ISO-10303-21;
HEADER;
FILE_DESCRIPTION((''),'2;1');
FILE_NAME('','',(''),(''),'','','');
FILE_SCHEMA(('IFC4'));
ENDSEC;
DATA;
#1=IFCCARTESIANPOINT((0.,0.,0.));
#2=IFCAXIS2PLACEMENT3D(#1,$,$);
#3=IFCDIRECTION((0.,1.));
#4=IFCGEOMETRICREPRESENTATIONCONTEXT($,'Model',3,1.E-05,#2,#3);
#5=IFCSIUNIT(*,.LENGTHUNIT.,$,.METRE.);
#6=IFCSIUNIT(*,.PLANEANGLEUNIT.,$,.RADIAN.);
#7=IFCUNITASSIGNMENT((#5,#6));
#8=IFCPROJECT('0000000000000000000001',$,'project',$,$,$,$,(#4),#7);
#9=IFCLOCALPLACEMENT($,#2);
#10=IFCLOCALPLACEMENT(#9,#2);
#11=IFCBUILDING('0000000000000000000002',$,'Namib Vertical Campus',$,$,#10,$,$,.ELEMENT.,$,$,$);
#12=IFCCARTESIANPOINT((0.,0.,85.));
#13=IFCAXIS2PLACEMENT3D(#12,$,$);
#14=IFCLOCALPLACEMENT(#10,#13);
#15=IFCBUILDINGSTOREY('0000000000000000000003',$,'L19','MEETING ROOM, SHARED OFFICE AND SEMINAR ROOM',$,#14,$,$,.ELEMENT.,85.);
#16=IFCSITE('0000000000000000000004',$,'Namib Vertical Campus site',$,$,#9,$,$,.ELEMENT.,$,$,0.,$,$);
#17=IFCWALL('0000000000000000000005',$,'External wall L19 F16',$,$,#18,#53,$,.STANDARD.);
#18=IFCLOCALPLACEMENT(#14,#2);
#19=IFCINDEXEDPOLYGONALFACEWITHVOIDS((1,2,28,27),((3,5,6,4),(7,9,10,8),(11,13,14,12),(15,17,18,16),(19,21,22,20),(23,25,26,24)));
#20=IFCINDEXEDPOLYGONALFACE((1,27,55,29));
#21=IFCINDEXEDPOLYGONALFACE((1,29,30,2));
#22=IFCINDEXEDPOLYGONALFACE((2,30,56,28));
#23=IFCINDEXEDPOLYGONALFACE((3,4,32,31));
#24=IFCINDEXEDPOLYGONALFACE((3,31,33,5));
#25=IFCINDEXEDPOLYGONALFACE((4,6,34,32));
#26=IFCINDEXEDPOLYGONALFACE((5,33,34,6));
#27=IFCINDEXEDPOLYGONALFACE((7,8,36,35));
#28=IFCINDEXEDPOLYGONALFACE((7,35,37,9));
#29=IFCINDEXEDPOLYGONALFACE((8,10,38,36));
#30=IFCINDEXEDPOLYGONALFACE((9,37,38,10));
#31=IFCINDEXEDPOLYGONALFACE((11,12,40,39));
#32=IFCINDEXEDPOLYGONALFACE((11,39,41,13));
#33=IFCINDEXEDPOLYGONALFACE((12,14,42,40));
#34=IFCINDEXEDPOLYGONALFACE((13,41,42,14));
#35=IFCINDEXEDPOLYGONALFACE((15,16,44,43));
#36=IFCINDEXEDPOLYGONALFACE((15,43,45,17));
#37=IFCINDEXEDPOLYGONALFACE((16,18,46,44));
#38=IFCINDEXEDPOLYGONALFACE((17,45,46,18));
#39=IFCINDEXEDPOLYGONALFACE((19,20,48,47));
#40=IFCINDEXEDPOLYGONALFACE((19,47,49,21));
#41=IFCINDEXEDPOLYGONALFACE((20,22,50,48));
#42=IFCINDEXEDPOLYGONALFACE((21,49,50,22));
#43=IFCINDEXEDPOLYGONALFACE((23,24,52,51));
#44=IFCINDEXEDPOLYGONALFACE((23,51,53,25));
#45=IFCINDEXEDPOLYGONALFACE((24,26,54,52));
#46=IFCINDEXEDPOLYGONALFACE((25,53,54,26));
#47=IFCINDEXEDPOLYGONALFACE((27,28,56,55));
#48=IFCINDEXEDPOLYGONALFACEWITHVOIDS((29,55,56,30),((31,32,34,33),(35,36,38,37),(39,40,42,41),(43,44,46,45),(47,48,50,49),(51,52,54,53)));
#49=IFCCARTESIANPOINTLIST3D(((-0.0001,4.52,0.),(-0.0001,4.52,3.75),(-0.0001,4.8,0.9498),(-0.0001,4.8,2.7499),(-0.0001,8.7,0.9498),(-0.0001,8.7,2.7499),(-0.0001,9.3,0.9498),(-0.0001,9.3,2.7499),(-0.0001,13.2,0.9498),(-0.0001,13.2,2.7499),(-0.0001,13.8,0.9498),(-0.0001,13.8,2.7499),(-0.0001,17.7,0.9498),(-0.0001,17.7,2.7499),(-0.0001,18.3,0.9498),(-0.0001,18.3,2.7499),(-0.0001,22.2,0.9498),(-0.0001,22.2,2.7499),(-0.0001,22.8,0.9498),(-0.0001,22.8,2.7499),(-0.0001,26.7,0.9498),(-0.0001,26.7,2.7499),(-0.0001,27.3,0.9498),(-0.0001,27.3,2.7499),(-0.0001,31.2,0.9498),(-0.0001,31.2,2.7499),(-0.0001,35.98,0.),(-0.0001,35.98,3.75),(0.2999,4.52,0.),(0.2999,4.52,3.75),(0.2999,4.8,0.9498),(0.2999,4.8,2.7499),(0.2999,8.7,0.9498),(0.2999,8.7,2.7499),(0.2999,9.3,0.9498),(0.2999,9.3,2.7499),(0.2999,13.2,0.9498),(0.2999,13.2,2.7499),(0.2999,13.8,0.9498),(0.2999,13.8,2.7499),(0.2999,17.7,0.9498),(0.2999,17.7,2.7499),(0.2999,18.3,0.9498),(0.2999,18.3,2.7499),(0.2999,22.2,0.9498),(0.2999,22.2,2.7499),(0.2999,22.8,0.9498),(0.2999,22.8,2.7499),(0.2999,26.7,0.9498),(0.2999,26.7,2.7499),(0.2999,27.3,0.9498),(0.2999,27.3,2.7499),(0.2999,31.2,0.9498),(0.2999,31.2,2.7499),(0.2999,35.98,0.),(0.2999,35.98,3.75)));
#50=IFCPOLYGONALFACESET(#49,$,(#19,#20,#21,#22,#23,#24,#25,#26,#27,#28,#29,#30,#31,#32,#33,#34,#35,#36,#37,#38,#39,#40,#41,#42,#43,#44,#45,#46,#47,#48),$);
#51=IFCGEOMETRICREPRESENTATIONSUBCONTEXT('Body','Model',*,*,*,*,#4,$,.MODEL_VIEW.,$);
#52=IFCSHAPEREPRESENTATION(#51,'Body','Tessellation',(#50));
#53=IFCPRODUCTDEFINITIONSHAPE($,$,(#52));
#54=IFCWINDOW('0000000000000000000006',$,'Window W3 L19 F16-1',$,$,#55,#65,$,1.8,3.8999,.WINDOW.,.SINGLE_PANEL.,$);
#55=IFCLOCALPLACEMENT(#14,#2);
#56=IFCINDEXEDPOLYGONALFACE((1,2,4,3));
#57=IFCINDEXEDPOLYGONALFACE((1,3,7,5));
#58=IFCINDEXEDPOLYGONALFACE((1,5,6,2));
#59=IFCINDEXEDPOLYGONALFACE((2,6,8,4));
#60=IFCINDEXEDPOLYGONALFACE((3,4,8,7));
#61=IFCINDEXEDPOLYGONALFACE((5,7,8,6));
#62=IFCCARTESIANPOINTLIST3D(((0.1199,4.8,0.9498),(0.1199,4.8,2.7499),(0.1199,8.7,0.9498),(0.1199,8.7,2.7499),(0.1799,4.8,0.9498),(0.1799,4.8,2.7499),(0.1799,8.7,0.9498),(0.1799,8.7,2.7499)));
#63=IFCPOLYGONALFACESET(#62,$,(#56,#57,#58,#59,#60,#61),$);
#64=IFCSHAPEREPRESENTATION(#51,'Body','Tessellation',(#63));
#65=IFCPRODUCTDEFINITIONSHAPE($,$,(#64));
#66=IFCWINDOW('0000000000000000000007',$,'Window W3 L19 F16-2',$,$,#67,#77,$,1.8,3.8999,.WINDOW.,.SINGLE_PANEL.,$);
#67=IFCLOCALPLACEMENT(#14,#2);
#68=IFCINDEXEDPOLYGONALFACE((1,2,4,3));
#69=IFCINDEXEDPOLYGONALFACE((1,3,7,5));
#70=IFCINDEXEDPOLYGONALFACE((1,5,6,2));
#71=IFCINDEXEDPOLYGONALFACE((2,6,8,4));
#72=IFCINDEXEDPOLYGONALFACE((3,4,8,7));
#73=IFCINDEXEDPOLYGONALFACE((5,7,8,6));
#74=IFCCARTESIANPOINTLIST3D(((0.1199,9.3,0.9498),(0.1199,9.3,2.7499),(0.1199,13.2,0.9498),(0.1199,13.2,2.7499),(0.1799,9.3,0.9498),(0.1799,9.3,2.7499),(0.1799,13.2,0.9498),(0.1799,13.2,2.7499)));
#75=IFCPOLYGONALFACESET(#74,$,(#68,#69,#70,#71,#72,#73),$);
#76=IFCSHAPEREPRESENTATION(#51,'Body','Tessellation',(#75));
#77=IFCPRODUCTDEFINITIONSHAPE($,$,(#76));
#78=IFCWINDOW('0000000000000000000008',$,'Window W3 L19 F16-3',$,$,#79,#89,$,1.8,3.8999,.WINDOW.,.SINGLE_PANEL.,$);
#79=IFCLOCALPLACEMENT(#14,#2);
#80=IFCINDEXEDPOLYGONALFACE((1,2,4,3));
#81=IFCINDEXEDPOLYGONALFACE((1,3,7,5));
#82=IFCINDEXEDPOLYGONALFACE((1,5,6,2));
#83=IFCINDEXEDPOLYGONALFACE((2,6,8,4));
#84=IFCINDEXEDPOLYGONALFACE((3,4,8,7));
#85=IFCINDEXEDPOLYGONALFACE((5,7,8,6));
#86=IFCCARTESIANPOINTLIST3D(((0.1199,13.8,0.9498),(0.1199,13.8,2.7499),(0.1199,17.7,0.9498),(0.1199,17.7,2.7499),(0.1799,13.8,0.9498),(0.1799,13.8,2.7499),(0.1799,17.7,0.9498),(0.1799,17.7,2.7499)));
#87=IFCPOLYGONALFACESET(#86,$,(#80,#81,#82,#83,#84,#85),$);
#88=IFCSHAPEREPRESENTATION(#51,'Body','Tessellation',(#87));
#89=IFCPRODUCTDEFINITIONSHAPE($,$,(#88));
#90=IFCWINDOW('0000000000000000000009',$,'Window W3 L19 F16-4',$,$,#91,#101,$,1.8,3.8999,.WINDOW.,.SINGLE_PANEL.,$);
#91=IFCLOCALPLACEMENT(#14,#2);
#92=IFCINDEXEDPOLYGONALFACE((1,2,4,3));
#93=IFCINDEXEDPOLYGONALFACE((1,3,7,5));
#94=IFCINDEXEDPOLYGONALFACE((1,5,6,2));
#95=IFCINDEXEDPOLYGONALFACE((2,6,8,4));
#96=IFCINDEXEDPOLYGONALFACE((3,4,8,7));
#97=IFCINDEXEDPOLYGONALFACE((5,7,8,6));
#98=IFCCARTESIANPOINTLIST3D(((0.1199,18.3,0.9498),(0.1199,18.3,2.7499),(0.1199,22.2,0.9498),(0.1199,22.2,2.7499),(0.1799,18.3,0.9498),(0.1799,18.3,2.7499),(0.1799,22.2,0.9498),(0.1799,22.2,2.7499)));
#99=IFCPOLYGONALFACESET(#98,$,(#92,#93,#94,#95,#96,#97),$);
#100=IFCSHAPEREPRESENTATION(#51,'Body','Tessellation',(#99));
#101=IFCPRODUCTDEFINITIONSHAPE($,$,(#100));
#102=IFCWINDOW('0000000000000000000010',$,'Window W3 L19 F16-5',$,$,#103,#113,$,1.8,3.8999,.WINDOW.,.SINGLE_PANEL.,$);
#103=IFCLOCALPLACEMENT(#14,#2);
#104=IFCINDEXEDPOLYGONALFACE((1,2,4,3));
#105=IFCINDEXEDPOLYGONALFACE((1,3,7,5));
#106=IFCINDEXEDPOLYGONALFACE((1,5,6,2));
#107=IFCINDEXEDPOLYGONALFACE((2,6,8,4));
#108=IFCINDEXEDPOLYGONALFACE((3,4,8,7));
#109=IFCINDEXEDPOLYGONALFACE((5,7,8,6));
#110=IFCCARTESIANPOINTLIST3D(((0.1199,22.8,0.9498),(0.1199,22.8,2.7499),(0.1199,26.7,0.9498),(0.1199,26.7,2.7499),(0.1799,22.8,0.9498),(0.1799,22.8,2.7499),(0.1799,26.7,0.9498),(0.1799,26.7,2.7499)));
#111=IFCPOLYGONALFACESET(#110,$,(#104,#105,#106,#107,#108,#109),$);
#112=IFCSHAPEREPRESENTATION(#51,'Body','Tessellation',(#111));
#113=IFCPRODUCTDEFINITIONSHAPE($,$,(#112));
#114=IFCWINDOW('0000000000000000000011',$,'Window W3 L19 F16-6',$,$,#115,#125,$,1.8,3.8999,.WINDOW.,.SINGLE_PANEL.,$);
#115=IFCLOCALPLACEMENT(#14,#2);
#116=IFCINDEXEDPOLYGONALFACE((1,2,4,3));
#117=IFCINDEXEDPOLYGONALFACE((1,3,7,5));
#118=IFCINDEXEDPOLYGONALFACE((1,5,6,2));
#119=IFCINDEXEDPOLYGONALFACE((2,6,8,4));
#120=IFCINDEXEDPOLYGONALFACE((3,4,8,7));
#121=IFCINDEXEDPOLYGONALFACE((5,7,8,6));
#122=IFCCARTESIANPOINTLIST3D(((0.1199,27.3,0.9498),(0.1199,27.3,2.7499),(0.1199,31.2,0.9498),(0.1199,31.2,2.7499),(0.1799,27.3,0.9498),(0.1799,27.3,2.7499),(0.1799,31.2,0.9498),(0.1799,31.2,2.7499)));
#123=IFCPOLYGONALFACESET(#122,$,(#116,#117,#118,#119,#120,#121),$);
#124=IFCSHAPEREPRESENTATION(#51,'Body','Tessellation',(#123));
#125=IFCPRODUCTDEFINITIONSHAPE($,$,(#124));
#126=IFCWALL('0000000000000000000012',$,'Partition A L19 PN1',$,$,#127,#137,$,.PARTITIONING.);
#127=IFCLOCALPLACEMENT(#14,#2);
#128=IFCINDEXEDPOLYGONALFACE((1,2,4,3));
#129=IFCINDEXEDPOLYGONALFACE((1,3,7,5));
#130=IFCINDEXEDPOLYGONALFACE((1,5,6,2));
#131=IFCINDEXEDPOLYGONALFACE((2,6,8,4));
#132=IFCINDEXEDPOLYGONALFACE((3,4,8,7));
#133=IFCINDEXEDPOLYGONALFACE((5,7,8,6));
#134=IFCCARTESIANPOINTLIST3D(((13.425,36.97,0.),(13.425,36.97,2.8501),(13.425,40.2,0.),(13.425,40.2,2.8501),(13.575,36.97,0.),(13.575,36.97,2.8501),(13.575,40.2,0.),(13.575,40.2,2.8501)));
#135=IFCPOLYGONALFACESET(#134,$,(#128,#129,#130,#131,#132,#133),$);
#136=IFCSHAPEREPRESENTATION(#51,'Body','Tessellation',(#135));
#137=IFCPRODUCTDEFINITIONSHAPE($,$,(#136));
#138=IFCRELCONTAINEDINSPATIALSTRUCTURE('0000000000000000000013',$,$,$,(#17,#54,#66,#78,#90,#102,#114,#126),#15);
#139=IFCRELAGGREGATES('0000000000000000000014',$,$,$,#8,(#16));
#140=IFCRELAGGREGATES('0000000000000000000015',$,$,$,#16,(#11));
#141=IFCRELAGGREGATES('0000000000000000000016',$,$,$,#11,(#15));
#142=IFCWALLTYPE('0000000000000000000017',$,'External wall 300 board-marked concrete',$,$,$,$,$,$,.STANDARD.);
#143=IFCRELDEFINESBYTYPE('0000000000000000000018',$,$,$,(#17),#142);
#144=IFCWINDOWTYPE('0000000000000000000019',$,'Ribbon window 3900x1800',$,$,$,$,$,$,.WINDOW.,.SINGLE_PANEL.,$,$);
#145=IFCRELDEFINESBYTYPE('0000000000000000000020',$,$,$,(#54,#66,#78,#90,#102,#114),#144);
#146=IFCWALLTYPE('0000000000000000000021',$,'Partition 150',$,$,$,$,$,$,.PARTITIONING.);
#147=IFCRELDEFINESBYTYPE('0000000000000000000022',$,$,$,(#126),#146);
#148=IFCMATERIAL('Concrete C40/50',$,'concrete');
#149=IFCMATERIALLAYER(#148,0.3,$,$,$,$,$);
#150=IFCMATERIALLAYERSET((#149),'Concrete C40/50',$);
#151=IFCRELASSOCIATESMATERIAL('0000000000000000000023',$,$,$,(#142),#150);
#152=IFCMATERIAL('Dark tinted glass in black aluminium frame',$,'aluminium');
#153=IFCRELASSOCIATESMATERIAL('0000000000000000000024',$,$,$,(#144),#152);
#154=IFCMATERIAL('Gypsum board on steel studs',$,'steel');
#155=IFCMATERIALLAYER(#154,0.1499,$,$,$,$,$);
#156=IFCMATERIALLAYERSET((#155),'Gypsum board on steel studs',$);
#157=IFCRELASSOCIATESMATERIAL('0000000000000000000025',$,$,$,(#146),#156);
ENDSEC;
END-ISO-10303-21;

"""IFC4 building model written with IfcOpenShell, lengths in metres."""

from ifc_helpers import new_model, si_unit, direction, frame, frame_2d, origin, place, context, subcontext, project, spatial, rectangle, extrude, material, layer, layer_set, type_object, element, fill, save


model = new_model("IFC4")

# Units and contexts
model_context = context("Model", 3, precision=1e-05, world=origin(), true_north=direction((0.0, 1.0)))
body_context = subcontext(model_context, "Body", "Model", "MODEL_VIEW")
ifc_project = project(units=[si_unit("LENGTHUNIT", "METRE"), si_unit("PLANEANGLEUNIT", "RADIAN")], contexts=[model_context])

# Site, building, storey
site_placement = place(None, origin())
site = spatial("IfcSite", under=ifc_project, at=site_placement, Name="Namib Vertical Campus site", CompositionType="ELEMENT", RefElevation=0.0)
building_placement = place(site_placement, origin())
building = spatial("IfcBuilding", under=site, at=building_placement, Name="Namib Vertical Campus", CompositionType="ELEMENT")
storey_placement = place(building_placement, frame((0.0, 0.0, 85.0)))
storey = spatial("IfcBuildingStorey", under=building, at=storey_placement, Name="L19", Description="MEETING ROOM, SHARED OFFICE AND SEMINAR ROOM", CompositionType="ELEMENT", Elevation=85.0)

# Shared definitions
ifc_material_1 = material(Name="Concrete C40/50", Category="concrete")
ifc_layer_1 = layer(ifc_material_1, 0.3)
ifc_layer_set_1 = layer_set([ifc_layer_1], Name="Concrete C40/50")
wall_type_1 = type_object("IfcWallType", Name="External wall 300 board-marked concrete", PredefinedType="STANDARD", material=ifc_layer_set_1)

# Wall, openings, windows
wall_1_placement = place(storey_placement, frame((0.1499, 35.98, 0.0), z_axis=(0.0, 0.0, 1.0), x_axis=(0.0, -1.0, 0.0)))
wall_1 = element("IfcWall", 1, at=wall_1_placement, inside=storey, type_object=wall_type_1, Name="External wall L19 F16", PredefinedType="STANDARD", context=body_context, shape_type="SweptSolid", body=[
    extrude(rectangle(XDim=31.46, YDim=0.3, at=frame_2d((15.73, 0.0))), origin(), (0.0, 0.0, 1.0), 3.75),
])
opening_1_placement = place(wall_1_placement, frame((27.28, 0.0, 0.95)))
opening_1 = element("IfcOpeningElement", 2, at=opening_1_placement, cuts=wall_1, PredefinedType="OPENING", context=body_context, shape_type="SweptSolid", body=[
    extrude(rectangle(XDim=3.8999, YDim=1.8, at=frame_2d((1.95, 0.8999))), frame((0.0, 0.1599, 0.0), z_axis=(0.0, -1.0, 0.0), x_axis=(1.0, 0.0, 0.0)), (0.0, 0.0, 1.0), 0.3201),
])
opening_2_placement = place(wall_1_placement, frame((22.78, 0.0, 0.95)))
opening_2 = element("IfcOpeningElement", 3, at=opening_2_placement, cuts=wall_1, PredefinedType="OPENING", context=body_context, shape_type="SweptSolid", body=[
    extrude(rectangle(XDim=3.8999, YDim=1.8, at=frame_2d((1.95, 0.8999))), frame((0.0, 0.1599, 0.0), z_axis=(0.0, -1.0, 0.0), x_axis=(1.0, 0.0, 0.0)), (0.0, 0.0, 1.0), 0.3201),
])
opening_3_placement = place(wall_1_placement, frame((18.28, 0.0, 0.95)))
opening_3 = element("IfcOpeningElement", 4, at=opening_3_placement, cuts=wall_1, PredefinedType="OPENING", context=body_context, shape_type="SweptSolid", body=[
    extrude(rectangle(XDim=3.8999, YDim=1.8, at=frame_2d((1.95, 0.8999))), frame((0.0, 0.1599, 0.0), z_axis=(0.0, -1.0, 0.0), x_axis=(1.0, 0.0, 0.0)), (0.0, 0.0, 1.0), 0.3201),
])
opening_4_placement = place(wall_1_placement, frame((13.78, 0.0, 0.95)))
opening_4 = element("IfcOpeningElement", 5, at=opening_4_placement, cuts=wall_1, PredefinedType="OPENING", context=body_context, shape_type="SweptSolid", body=[
    extrude(rectangle(XDim=3.8999, YDim=1.8, at=frame_2d((1.95, 0.8999))), frame((0.0, 0.1599, 0.0), z_axis=(0.0, -1.0, 0.0), x_axis=(1.0, 0.0, 0.0)), (0.0, 0.0, 1.0), 0.3201),
])
opening_5_placement = place(wall_1_placement, frame((9.28, 0.0, 0.95)))
opening_5 = element("IfcOpeningElement", 6, at=opening_5_placement, cuts=wall_1, PredefinedType="OPENING", context=body_context, shape_type="SweptSolid", body=[
    extrude(rectangle(XDim=3.8999, YDim=1.8, at=frame_2d((1.95, 0.8999))), frame((0.0, 0.1599, 0.0), z_axis=(0.0, -1.0, 0.0), x_axis=(1.0, 0.0, 0.0)), (0.0, 0.0, 1.0), 0.3201),
])
opening_6_placement = place(wall_1_placement, frame((4.78, 0.0, 0.95)))
opening_6 = element("IfcOpeningElement", 7, at=opening_6_placement, cuts=wall_1, PredefinedType="OPENING", context=body_context, shape_type="SweptSolid", body=[
    extrude(rectangle(XDim=3.8999, YDim=1.8, at=frame_2d((1.95, 0.8999))), frame((0.0, 0.1599, 0.0), z_axis=(0.0, -1.0, 0.0), x_axis=(1.0, 0.0, 0.0)), (0.0, 0.0, 1.0), 0.3201),
])
ifc_material_2 = material(Name="Dark tinted glass in black aluminium frame", Category="aluminium")
window_type = type_object("IfcWindowType", Name="Ribbon window 3900x1800", PartitioningType="SINGLE_PANEL", PredefinedType="WINDOW", material=ifc_material_2)
window_1_placement = place(opening_1_placement, origin())
window_1 = element("IfcWindow", 8, at=window_1_placement, inside=storey, type_object=window_type, Name="Window W3 L19 F16-1", OverallHeight=1.8, OverallWidth=3.8999, PartitioningType="SINGLE_PANEL", PredefinedType="WINDOW", context=body_context, shape_type="SweptSolid", body=[
    extrude(rectangle(XDim=3.8999, YDim=1.8, at=frame_2d((1.95, 0.8999))), frame((0.0, 0.03, 0.0), z_axis=(0.0, -1.0, 0.0), x_axis=(1.0, 0.0, 0.0)), (0.0, 0.0, 1.0), 0.0601),
])
fill(opening_1, window_1)
window_2_placement = place(opening_2_placement, origin())
window_2 = element("IfcWindow", 9, at=window_2_placement, inside=storey, type_object=window_type, Name="Window W3 L19 F16-2", OverallHeight=1.8, OverallWidth=3.8999, PartitioningType="SINGLE_PANEL", PredefinedType="WINDOW", context=body_context, shape_type="SweptSolid", body=[
    extrude(rectangle(XDim=3.8999, YDim=1.8, at=frame_2d((1.95, 0.8999))), frame((0.0, 0.03, 0.0), z_axis=(0.0, -1.0, 0.0), x_axis=(1.0, 0.0, 0.0)), (0.0, 0.0, 1.0), 0.0601),
])
fill(opening_2, window_2)
window_3_placement = place(opening_3_placement, origin())
window_3 = element("IfcWindow", 10, at=window_3_placement, inside=storey, type_object=window_type, Name="Window W3 L19 F16-3", OverallHeight=1.8, OverallWidth=3.8999, PartitioningType="SINGLE_PANEL", PredefinedType="WINDOW", context=body_context, shape_type="SweptSolid", body=[
    extrude(rectangle(XDim=3.8999, YDim=1.8, at=frame_2d((1.95, 0.8999))), frame((0.0, 0.03, 0.0), z_axis=(0.0, -1.0, 0.0), x_axis=(1.0, 0.0, 0.0)), (0.0, 0.0, 1.0), 0.0601),
])
fill(opening_3, window_3)
window_4_placement = place(opening_4_placement, origin())
window_4 = element("IfcWindow", 11, at=window_4_placement, inside=storey, type_object=window_type, Name="Window W3 L19 F16-4", OverallHeight=1.8, OverallWidth=3.8999, PartitioningType="SINGLE_PANEL", PredefinedType="WINDOW", context=body_context, shape_type="SweptSolid", body=[
    extrude(rectangle(XDim=3.8999, YDim=1.8, at=frame_2d((1.95, 0.8999))), frame((0.0, 0.03, 0.0), z_axis=(0.0, -1.0, 0.0), x_axis=(1.0, 0.0, 0.0)), (0.0, 0.0, 1.0), 0.0601),
])
fill(opening_4, window_4)
window_5_placement = place(opening_5_placement, origin())
window_5 = element("IfcWindow", 12, at=window_5_placement, inside=storey, type_object=window_type, Name="Window W3 L19 F16-5", OverallHeight=1.8, OverallWidth=3.8999, PartitioningType="SINGLE_PANEL", PredefinedType="WINDOW", context=body_context, shape_type="SweptSolid", body=[
    extrude(rectangle(XDim=3.8999, YDim=1.8, at=frame_2d((1.95, 0.8999))), frame((0.0, 0.03, 0.0), z_axis=(0.0, -1.0, 0.0), x_axis=(1.0, 0.0, 0.0)), (0.0, 0.0, 1.0), 0.0601),
])
fill(opening_5, window_5)
window_6_placement = place(opening_6_placement, origin())
window_6 = element("IfcWindow", 13, at=window_6_placement, inside=storey, type_object=window_type, Name="Window W3 L19 F16-6", OverallHeight=1.8, OverallWidth=3.8999, PartitioningType="SINGLE_PANEL", PredefinedType="WINDOW", context=body_context, shape_type="SweptSolid", body=[
    extrude(rectangle(XDim=3.8999, YDim=1.8, at=frame_2d((1.95, 0.8999))), frame((0.0, 0.03, 0.0), z_axis=(0.0, -1.0, 0.0), x_axis=(1.0, 0.0, 0.0)), (0.0, 0.0, 1.0), 0.0601),
])
fill(opening_6, window_6)

# Wall
ifc_material_3 = material(Name="Gypsum board on steel studs", Category="steel")
ifc_layer_2 = layer(ifc_material_3, 0.1499)
ifc_layer_set_2 = layer_set([ifc_layer_2], Name="Gypsum board on steel studs")
wall_type_2 = type_object("IfcWallType", Name="Partition 150", PredefinedType="PARTITIONING", material=ifc_layer_set_2)
wall_2_placement = place(storey_placement, frame((13.5, 36.97, 0.0), z_axis=(0.0, 0.0, 1.0), x_axis=(0.0, 1.0, 0.0)))
element("IfcWall", 14, at=wall_2_placement, inside=storey, type_object=wall_type_2, Name="Partition A L19 PN1", PredefinedType="PARTITIONING", context=body_context, shape_type="SweptSolid", body=[
    extrude(rectangle(XDim=3.23, YDim=0.1499, at=frame_2d((1.615, 0.0))), origin(), (0.0, 0.0, 1.0), 2.8501),
])

save(model, "model.ifc")
